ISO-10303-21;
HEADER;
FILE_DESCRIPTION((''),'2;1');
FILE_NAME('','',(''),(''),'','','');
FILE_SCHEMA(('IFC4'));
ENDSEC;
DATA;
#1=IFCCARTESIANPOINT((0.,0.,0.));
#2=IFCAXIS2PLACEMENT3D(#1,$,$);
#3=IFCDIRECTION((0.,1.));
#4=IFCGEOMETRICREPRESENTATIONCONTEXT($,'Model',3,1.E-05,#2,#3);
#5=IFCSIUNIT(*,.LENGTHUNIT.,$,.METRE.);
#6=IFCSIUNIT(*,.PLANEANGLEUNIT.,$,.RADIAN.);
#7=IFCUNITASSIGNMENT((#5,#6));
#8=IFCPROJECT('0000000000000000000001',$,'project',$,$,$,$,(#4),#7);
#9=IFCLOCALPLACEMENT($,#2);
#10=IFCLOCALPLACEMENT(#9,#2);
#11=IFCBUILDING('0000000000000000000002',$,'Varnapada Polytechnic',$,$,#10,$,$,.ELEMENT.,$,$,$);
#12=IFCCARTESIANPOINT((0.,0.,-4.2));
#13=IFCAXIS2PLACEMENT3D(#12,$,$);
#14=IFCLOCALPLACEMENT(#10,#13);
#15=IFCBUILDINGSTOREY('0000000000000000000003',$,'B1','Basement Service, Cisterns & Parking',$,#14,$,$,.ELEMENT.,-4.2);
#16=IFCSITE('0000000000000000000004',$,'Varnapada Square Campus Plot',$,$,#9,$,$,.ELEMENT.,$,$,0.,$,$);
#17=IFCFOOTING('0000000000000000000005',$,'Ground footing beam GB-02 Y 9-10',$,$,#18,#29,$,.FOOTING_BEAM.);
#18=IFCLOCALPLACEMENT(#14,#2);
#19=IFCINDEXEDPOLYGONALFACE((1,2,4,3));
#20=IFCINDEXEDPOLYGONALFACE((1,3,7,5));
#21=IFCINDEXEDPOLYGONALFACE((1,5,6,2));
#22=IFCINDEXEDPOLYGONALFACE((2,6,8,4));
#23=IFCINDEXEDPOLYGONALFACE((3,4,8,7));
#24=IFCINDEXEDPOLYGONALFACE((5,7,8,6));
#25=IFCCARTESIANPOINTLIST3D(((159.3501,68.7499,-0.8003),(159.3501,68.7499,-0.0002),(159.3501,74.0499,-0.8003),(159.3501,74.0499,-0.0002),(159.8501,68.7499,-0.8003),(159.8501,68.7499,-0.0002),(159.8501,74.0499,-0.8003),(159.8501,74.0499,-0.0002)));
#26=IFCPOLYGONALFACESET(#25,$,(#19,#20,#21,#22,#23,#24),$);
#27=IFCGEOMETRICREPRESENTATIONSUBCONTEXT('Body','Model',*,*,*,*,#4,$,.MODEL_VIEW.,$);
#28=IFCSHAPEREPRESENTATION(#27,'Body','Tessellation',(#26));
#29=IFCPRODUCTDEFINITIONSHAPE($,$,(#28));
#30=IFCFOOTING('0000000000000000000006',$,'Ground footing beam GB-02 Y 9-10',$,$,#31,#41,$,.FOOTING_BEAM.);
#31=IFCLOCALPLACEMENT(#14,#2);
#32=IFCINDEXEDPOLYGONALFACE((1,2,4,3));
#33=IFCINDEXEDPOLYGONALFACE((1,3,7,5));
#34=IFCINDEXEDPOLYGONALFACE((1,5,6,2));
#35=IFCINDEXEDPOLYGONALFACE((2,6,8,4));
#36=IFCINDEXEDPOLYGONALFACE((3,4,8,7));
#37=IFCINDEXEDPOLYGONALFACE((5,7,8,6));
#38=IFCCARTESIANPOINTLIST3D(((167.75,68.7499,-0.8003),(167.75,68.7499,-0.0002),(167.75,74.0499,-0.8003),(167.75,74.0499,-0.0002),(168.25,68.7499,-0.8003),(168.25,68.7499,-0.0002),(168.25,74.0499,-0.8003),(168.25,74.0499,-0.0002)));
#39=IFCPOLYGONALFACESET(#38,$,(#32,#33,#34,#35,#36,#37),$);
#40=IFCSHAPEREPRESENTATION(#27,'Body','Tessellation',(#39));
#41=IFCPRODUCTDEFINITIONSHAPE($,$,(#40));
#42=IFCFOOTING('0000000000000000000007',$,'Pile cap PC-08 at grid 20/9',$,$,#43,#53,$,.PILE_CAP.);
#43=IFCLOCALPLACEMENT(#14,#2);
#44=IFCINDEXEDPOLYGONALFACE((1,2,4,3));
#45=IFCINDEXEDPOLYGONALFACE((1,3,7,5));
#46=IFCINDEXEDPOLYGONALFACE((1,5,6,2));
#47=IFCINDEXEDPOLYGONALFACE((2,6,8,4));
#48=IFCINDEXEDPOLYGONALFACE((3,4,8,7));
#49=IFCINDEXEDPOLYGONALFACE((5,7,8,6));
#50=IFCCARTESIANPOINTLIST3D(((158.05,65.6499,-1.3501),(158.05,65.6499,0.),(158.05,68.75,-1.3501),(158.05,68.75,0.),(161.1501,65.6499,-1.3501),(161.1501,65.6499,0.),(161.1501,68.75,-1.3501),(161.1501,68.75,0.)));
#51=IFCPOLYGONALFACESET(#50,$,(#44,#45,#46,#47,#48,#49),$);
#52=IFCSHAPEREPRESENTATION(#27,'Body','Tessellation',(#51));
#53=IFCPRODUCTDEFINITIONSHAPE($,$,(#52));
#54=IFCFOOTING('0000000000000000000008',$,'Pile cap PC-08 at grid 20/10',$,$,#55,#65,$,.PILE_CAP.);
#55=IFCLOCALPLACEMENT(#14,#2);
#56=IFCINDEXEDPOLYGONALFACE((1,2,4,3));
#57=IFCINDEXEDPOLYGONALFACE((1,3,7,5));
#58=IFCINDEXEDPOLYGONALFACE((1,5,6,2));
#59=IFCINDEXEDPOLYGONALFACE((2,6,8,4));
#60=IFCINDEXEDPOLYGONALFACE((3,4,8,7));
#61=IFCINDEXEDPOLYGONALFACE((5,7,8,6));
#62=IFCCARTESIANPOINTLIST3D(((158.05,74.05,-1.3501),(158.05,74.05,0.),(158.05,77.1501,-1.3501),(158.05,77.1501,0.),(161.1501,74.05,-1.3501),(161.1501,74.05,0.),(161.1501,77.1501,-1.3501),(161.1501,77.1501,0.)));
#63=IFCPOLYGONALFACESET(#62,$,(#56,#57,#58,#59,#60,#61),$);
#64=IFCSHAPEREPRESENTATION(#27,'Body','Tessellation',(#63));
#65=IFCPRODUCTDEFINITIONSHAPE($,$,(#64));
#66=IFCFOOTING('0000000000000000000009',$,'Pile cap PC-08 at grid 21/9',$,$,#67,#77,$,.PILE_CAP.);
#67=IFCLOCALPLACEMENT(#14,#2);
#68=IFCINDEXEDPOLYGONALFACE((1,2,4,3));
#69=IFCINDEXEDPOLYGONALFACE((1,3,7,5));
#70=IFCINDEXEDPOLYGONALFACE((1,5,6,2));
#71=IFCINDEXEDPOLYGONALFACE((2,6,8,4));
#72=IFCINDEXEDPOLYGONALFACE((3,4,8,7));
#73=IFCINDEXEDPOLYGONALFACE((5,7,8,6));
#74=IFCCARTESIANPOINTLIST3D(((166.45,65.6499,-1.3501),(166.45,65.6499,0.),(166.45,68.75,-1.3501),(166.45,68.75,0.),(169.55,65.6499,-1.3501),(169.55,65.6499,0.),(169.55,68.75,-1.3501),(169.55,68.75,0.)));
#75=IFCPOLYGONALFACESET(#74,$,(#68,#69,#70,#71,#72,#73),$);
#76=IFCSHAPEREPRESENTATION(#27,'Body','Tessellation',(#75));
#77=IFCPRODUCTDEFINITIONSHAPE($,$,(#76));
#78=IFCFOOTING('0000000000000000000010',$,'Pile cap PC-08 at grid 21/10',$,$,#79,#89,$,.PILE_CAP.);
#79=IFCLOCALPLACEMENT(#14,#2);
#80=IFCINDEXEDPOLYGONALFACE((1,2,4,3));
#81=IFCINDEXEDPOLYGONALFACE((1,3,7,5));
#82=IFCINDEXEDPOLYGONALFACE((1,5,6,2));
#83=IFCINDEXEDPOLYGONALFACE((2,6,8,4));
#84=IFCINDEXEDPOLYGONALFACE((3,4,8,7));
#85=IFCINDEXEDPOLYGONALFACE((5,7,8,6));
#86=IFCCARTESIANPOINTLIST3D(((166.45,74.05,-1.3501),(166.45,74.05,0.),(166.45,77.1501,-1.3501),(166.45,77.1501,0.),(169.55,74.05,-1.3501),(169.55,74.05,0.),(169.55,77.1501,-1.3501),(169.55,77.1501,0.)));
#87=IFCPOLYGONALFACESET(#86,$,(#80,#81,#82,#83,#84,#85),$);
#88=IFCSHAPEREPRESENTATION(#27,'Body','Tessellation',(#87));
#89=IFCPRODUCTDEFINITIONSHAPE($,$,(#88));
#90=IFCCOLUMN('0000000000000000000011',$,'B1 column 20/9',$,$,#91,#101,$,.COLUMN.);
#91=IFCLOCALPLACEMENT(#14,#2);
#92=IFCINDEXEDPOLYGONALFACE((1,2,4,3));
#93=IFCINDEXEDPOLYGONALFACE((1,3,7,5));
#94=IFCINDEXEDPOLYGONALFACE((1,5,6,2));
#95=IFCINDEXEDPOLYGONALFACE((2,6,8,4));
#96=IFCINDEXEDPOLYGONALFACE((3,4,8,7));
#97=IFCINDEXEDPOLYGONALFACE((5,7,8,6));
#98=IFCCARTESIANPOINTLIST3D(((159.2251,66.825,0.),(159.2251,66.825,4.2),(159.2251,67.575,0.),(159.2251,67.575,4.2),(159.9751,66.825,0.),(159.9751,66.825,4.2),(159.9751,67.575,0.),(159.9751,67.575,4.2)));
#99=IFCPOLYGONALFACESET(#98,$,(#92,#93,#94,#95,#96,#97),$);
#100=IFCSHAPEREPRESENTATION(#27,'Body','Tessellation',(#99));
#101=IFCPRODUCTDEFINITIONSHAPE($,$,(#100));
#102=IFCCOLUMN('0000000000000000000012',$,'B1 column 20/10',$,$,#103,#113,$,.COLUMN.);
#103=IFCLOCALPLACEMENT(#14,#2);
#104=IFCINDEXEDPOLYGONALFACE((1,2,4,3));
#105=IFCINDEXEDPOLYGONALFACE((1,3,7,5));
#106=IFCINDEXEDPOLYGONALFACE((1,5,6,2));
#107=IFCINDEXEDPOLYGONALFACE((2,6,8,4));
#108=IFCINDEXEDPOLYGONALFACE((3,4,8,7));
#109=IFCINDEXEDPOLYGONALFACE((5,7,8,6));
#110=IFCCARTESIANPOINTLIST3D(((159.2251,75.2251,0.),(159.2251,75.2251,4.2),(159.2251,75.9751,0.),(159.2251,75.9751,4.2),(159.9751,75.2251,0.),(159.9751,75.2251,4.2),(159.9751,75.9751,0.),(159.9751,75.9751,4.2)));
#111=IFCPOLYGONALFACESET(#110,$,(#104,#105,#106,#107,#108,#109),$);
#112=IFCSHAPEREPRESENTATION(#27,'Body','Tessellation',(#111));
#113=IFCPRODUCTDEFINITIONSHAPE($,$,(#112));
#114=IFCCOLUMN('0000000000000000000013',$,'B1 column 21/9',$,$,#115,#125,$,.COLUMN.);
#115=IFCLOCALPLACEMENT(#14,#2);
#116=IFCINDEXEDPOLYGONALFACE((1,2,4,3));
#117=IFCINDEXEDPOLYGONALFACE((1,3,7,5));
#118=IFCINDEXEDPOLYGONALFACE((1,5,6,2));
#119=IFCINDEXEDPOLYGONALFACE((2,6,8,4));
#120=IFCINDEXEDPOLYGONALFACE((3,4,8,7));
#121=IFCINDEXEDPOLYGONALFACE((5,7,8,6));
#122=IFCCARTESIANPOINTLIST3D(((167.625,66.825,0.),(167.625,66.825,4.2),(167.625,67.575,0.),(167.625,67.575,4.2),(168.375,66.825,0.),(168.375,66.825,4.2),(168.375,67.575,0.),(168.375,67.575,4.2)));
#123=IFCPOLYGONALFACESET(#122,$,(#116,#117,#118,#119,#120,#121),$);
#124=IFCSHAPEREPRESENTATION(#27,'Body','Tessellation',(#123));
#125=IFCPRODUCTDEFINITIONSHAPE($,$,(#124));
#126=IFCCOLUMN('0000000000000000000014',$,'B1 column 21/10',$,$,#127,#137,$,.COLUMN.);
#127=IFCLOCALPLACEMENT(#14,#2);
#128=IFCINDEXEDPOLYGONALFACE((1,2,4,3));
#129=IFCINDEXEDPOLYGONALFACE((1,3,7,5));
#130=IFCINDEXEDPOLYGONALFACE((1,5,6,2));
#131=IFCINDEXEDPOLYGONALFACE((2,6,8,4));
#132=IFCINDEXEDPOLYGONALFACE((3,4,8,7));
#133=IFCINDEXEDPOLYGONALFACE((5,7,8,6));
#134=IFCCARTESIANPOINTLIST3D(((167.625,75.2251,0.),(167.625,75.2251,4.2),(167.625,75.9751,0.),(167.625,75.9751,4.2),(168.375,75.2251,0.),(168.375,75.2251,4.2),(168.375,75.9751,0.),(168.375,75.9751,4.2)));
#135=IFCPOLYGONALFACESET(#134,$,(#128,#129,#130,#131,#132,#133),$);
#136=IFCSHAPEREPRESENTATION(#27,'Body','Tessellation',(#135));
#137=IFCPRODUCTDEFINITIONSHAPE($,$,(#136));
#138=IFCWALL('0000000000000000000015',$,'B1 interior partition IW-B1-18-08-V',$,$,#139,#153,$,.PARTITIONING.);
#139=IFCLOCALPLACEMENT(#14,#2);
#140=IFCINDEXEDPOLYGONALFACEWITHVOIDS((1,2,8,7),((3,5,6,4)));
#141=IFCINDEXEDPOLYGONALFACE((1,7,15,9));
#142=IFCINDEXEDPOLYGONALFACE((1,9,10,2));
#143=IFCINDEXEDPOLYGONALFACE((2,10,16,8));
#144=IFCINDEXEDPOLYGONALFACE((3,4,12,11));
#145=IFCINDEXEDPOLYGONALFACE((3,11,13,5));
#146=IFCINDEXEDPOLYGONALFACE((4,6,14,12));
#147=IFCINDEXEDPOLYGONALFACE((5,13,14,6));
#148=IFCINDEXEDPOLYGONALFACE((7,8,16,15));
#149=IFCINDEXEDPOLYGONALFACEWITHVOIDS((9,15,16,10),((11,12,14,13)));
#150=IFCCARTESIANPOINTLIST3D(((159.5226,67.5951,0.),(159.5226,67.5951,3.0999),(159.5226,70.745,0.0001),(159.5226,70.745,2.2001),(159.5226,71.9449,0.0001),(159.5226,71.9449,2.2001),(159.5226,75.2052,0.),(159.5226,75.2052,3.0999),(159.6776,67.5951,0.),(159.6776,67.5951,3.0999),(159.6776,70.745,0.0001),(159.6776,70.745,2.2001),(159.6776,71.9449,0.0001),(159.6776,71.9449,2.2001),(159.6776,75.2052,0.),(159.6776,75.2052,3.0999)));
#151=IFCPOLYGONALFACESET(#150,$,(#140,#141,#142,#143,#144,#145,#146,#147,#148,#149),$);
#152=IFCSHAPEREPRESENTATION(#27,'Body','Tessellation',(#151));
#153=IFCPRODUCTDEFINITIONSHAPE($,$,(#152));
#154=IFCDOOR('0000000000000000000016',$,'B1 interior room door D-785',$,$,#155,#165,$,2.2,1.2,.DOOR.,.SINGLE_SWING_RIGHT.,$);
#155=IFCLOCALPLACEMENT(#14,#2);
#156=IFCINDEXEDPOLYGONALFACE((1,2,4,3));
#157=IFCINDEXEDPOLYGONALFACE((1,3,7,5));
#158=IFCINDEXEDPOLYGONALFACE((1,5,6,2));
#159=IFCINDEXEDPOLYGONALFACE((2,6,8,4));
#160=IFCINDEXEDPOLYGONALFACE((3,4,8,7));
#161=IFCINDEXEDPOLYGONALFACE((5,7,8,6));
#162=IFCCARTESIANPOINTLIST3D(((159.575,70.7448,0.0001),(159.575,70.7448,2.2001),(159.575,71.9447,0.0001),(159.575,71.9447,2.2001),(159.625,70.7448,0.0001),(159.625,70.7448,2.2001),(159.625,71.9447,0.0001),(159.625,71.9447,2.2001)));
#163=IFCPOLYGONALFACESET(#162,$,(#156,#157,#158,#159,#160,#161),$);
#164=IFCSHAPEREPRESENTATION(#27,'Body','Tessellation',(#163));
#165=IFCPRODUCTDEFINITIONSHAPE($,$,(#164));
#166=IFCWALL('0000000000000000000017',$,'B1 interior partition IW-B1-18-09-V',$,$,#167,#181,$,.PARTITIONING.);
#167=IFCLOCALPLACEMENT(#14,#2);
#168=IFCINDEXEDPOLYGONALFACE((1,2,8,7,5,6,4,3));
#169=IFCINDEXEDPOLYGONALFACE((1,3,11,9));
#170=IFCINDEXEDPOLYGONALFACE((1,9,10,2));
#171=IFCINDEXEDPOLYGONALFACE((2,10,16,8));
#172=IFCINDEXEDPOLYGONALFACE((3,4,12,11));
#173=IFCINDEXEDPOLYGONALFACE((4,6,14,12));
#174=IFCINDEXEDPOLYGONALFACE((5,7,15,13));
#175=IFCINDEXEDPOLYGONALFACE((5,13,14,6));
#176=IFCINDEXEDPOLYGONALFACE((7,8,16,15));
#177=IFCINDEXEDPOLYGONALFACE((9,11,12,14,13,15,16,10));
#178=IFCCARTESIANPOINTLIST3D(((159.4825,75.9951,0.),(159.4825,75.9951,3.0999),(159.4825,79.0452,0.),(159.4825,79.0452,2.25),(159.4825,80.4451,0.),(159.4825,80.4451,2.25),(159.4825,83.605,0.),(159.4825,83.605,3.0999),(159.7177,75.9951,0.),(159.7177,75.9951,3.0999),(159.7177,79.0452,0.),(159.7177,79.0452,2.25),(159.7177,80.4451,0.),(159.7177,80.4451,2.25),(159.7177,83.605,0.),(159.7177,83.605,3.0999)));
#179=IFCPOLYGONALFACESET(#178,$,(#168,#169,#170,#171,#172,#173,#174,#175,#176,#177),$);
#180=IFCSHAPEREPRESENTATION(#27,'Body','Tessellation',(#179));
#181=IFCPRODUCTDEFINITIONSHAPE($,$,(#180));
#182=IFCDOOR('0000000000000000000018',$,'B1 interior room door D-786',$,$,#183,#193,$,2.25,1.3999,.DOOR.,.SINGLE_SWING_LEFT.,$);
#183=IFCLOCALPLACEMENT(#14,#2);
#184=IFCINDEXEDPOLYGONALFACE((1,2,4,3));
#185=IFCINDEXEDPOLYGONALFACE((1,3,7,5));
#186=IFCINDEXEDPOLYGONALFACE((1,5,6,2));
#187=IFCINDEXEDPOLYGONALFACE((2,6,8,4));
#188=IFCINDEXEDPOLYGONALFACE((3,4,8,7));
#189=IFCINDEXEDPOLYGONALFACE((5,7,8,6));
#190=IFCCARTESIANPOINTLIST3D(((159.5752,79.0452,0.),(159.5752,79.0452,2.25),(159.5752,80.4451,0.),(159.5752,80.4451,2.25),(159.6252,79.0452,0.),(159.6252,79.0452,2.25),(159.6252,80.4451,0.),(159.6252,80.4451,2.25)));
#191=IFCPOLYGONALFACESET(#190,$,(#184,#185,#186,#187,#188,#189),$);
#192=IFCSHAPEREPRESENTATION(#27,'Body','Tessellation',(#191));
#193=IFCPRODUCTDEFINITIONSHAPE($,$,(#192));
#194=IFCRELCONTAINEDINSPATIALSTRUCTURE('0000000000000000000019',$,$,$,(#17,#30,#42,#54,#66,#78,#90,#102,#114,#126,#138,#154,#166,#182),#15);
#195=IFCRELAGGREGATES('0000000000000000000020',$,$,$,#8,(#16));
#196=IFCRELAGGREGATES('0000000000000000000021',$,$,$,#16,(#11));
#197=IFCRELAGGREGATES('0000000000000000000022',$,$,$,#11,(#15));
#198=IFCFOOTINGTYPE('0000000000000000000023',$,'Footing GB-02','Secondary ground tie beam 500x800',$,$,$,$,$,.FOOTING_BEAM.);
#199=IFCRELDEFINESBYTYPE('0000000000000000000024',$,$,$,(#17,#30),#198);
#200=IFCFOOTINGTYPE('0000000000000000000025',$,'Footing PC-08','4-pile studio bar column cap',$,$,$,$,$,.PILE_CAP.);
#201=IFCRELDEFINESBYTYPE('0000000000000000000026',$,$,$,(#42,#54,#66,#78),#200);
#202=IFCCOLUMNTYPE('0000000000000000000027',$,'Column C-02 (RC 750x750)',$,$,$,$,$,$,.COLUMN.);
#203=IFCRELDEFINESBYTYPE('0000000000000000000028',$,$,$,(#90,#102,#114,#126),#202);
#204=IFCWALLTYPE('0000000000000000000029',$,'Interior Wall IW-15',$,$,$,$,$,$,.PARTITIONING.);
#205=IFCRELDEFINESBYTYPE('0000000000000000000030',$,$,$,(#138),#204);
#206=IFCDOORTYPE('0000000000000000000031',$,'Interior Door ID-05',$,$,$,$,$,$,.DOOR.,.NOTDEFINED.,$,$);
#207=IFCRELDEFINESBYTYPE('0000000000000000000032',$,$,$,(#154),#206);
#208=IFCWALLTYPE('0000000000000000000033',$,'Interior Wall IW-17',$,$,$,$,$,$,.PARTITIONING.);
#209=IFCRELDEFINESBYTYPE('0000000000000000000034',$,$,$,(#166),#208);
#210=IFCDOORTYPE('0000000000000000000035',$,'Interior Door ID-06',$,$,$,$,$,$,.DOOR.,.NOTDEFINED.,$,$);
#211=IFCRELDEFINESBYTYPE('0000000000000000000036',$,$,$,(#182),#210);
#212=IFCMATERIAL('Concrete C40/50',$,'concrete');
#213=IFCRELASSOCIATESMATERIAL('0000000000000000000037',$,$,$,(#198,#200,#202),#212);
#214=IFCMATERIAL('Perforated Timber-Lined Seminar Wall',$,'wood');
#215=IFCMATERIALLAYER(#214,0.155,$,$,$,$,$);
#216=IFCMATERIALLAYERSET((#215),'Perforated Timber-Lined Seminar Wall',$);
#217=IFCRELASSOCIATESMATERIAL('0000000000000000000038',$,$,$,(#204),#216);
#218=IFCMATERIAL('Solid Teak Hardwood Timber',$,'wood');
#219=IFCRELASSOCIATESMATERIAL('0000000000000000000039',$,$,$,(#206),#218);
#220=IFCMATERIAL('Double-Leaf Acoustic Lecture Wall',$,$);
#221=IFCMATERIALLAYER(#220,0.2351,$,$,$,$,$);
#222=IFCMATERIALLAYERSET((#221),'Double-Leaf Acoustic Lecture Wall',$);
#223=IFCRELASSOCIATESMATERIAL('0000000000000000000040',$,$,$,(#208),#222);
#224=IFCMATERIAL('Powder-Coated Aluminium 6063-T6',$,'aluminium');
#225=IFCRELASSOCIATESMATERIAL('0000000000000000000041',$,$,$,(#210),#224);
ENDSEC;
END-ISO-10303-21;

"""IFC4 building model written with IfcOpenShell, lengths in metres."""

from ifc_helpers import new_model, si_unit, direction, frame, frame_2d, origin, origin_2d, place, context, subcontext, project, spatial, rectangle, extrude, material, layer, layer_set, material_profile, profile_set, type_object, element, fill, save


model = new_model("IFC4")

# Units and contexts
model_context = context("Model", 3, precision=1e-05, world=origin(), true_north=direction((0.0, 1.0)))
body_context = subcontext(model_context, "Body", "Model", "MODEL_VIEW")
ifc_project = project(units=[si_unit("LENGTHUNIT", "METRE"), si_unit("PLANEANGLEUNIT", "RADIAN")], contexts=[model_context])

# Site, building, storey
site_placement = place(None, origin())
site = spatial("IfcSite", under=ifc_project, at=site_placement, Name="Varnapada Square Campus Plot", CompositionType="ELEMENT", RefElevation=0.0)
building_placement = place(site_placement, origin())
building = spatial("IfcBuilding", under=site, at=building_placement, Name="Varnapada Polytechnic", CompositionType="ELEMENT")
storey_placement = place(building_placement, frame((0.0, 0.0, -4.2)))
storey = spatial("IfcBuildingStorey", under=building, at=storey_placement, Name="B1", Description="Basement Service, Cisterns & Parking", CompositionType="ELEMENT", Elevation=-4.2)

# Shared definitions
ifc_material_1 = material(Name="Concrete C40/50", Category="concrete")

# Footings
footing_type_1 = type_object("IfcFootingType", Name="Footing GB-02", Description="Secondary ground tie beam 500x800", PredefinedType="FOOTING_BEAM", material=ifc_material_1)
for number, where, z_axis, x_axis, name in (
    (1, (159.6001, 71.3999, -0.8003), (0.0, 0.0, 1.0), (0.0, 1.0, 0.0), "Ground footing beam GB-02 Y 9-10"),
    (2, (168.0, 71.3999, -0.8003), (0.0, 0.0, 1.0), (0.0, 1.0, 0.0), "Ground footing beam GB-02 Y 9-10"),
):
    element("IfcFooting", number, at=place(storey_placement, frame(where, z_axis=z_axis, x_axis=x_axis)), inside=storey, type_object=footing_type_1, Name=name, PredefinedType="FOOTING_BEAM", context=body_context, shape_type="SweptSolid", body=[
        extrude(rectangle(XDim=5.3, YDim=0.5, at=origin_2d()), origin(), (0.0, 0.0, 1.0), 0.8),
    ])
footing_type_2 = type_object("IfcFootingType", Name="Footing PC-08", Description="4-pile studio bar column cap", PredefinedType="PILE_CAP", material=ifc_material_1)
for number, where, z_axis, x_axis, name in (
    (3, (159.6001, 67.2, -1.3501), (0.0, 0.0, 1.0), (1.0, 0.0, 0.0), "Pile cap PC-08 at grid 20/9"),
    (4, (159.6001, 75.6001, -1.3501), (0.0, 0.0, 1.0), (1.0, 0.0, 0.0), "Pile cap PC-08 at grid 20/10"),
    (5, (168.0, 67.2, -1.3501), (0.0, 0.0, 1.0), (1.0, 0.0, 0.0), "Pile cap PC-08 at grid 21/9"),
    (6, (168.0, 75.6001, -1.3501), (0.0, 0.0, 1.0), (1.0, 0.0, 0.0), "Pile cap PC-08 at grid 21/10"),
):
    element("IfcFooting", number, at=place(storey_placement, frame(where, z_axis=z_axis, x_axis=x_axis)), inside=storey, type_object=footing_type_2, Name=name, PredefinedType="PILE_CAP", context=body_context, shape_type="SweptSolid", body=[
        extrude(rectangle(XDim=3.1001, YDim=3.1001, at=origin_2d()), origin(), (0.0, 0.0, 1.0), 1.3501),
    ])

# Columns
ifc_material_profile_1 = material_profile(ifc_material_1, rectangle(XDim=0.75, YDim=0.75, at=origin_2d()), Name="RC 750x750")
ifc_profile_set_1 = profile_set([ifc_material_profile_1], Name="Concrete C40/50")
column_type = type_object("IfcColumnType", Name="Column C-02 (RC 750x750)", PredefinedType="COLUMN", material=ifc_profile_set_1)
for number, where, z_axis, x_axis, name in (
    (7, (159.6001, 67.2, 0.0), (0.0, 0.0, 1.0), (1.0, 0.0, 0.0), "B1 column 20/9"),
    (8, (159.6001, 75.6001, 0.0), (0.0, 0.0, 1.0), (1.0, 0.0, 0.0), "B1 column 20/10"),
    (9, (168.0, 67.2, 0.0), (0.0, 0.0, 1.0), (1.0, 0.0, 0.0), "B1 column 21/9"),
    (10, (168.0, 75.6001, 0.0), (0.0, 0.0, 1.0), (1.0, 0.0, 0.0), "B1 column 21/10"),
):
    element("IfcColumn", number, at=place(storey_placement, frame(where, z_axis=z_axis, x_axis=x_axis)), inside=storey, type_object=column_type, Name=name, PredefinedType="COLUMN", context=body_context, shape_type="SweptSolid", body=[
        extrude(rectangle(XDim=0.75, YDim=0.75, at=origin_2d()), origin(), (0.0, 0.0, 1.0), 4.2),
    ])

# Walls, openings, doors
ifc_material_2 = material(Name="Perforated Timber-Lined Seminar Wall", Category="wood")
ifc_layer_1 = layer(ifc_material_2, 0.155)
ifc_layer_set_1 = layer_set([ifc_layer_1], Name="Perforated Timber-Lined Seminar Wall")
wall_type_1 = type_object("IfcWallType", Name="Interior Wall IW-15", PredefinedType="PARTITIONING", material=ifc_layer_set_1)
wall_1_placement = place(storey_placement, frame((159.6001, 67.595, 0.0), z_axis=(0.0, 0.0, 1.0), x_axis=(0.0, 1.0, 0.0)))
wall_1 = element("IfcWall", 11, at=wall_1_placement, inside=storey, type_object=wall_type_1, Name="B1 interior partition IW-B1-18-08-V", PredefinedType="PARTITIONING", context=body_context, shape_type="SweptSolid", body=[
    extrude(rectangle(XDim=7.6101, YDim=0.155, at=frame_2d((3.8052, 0.0))), origin(), (0.0, 0.0, 1.0), 3.0999),
])
opening_1_placement = place(wall_1_placement, frame((3.1499, 0.0, 0.0)))
opening_1 = element("IfcOpeningElement", 12, at=opening_1_placement, cuts=wall_1, PredefinedType="OPENING", context=body_context, shape_type="SweptSolid", body=[
    extrude(rectangle(XDim=1.2, YDim=2.2, at=frame_2d((0.6001, 1.1001))), frame((0.0, 0.0874, 0.0), z_axis=(0.0, -1.0, 0.0), x_axis=(1.0, 0.0, 0.0)), (0.0, 0.0, 1.0), 0.175),
])
ifc_material_3 = material(Name="Solid Teak Hardwood Timber", Category="wood")
door_type_1 = type_object("IfcDoorType", Name="Interior Door ID-05", OperationType="NOTDEFINED", PredefinedType="DOOR", material=ifc_material_3)
door_1_placement = place(opening_1_placement, frame((1.2, 0.0, 0.0), z_axis=(0.0, 0.0, 1.0), x_axis=(-1.0, 0.0, 0.0)))
door_1 = element("IfcDoor", 13, at=door_1_placement, inside=storey, type_object=door_type_1, Name="B1 interior room door D-785", OperationType="SINGLE_SWING_RIGHT", OverallHeight=2.2, OverallWidth=1.2, PredefinedType="DOOR", context=body_context, shape_type="SweptSolid", body=[
    extrude(rectangle(XDim=1.2, YDim=2.2, at=frame_2d((0.6001, 1.1001))), frame((0.0, 0.0249, 0.0), z_axis=(0.0, -1.0, 0.0), x_axis=(1.0, 0.0, 0.0)), (0.0, 0.0, 1.0), 0.05),
])
fill(opening_1, door_1)
ifc_material_4 = material(Name="Double-Leaf Acoustic Lecture Wall")
ifc_layer_2 = layer(ifc_material_4, 0.2351)
ifc_layer_set_2 = layer_set([ifc_layer_2], Name="Double-Leaf Acoustic Lecture Wall")
wall_type_2 = type_object("IfcWallType", Name="Interior Wall IW-17", PredefinedType="PARTITIONING", material=ifc_layer_set_2)
wall_2_placement = place(storey_placement, frame((159.6001, 75.9951, 0.0), z_axis=(0.0, 0.0, 1.0), x_axis=(0.0, 1.0, 0.0)))
wall_2 = element("IfcWall", 14, at=wall_2_placement, inside=storey, type_object=wall_type_2, Name="B1 interior partition IW-B1-18-09-V", PredefinedType="PARTITIONING", context=body_context, shape_type="SweptSolid", body=[
    extrude(rectangle(XDim=7.6099, YDim=0.2351, at=frame_2d((3.8049, 0.0))), origin(), (0.0, 0.0, 1.0), 3.0999),
])
opening_2_placement = place(wall_2_placement, frame((3.05, 0.0, 0.0)))
opening_2 = element("IfcOpeningElement", 15, at=opening_2_placement, cuts=wall_2, PredefinedType="OPENING", context=body_context, shape_type="SweptSolid", body=[
    extrude(rectangle(XDim=1.3999, YDim=2.25, at=frame_2d((0.7, 1.125))), frame((0.0, 0.1274, 0.0), z_axis=(0.0, -1.0, 0.0), x_axis=(1.0, 0.0, 0.0)), (0.0, 0.0, 1.0), 0.2551),
])
ifc_material_5 = material(Name="Powder-Coated Aluminium 6063-T6", Category="aluminium")
door_type_2 = type_object("IfcDoorType", Name="Interior Door ID-06", OperationType="NOTDEFINED", PredefinedType="DOOR", material=ifc_material_5)
door_2_placement = place(opening_2_placement, origin())
door_2 = element("IfcDoor", 16, at=door_2_placement, inside=storey, type_object=door_type_2, Name="B1 interior room door D-786", OperationType="SINGLE_SWING_LEFT", OverallHeight=2.25, OverallWidth=1.3999, PredefinedType="DOOR", context=body_context, shape_type="SweptSolid", body=[
    extrude(rectangle(XDim=1.3999, YDim=2.25, at=frame_2d((0.7, 1.125))), frame((0.0, 0.0249, 0.0), z_axis=(0.0, -1.0, 0.0), x_axis=(1.0, 0.0, 0.0)), (0.0, 0.0, 1.0), 0.05),
])
fill(opening_2, door_2)

save(model, "model.ifc")
